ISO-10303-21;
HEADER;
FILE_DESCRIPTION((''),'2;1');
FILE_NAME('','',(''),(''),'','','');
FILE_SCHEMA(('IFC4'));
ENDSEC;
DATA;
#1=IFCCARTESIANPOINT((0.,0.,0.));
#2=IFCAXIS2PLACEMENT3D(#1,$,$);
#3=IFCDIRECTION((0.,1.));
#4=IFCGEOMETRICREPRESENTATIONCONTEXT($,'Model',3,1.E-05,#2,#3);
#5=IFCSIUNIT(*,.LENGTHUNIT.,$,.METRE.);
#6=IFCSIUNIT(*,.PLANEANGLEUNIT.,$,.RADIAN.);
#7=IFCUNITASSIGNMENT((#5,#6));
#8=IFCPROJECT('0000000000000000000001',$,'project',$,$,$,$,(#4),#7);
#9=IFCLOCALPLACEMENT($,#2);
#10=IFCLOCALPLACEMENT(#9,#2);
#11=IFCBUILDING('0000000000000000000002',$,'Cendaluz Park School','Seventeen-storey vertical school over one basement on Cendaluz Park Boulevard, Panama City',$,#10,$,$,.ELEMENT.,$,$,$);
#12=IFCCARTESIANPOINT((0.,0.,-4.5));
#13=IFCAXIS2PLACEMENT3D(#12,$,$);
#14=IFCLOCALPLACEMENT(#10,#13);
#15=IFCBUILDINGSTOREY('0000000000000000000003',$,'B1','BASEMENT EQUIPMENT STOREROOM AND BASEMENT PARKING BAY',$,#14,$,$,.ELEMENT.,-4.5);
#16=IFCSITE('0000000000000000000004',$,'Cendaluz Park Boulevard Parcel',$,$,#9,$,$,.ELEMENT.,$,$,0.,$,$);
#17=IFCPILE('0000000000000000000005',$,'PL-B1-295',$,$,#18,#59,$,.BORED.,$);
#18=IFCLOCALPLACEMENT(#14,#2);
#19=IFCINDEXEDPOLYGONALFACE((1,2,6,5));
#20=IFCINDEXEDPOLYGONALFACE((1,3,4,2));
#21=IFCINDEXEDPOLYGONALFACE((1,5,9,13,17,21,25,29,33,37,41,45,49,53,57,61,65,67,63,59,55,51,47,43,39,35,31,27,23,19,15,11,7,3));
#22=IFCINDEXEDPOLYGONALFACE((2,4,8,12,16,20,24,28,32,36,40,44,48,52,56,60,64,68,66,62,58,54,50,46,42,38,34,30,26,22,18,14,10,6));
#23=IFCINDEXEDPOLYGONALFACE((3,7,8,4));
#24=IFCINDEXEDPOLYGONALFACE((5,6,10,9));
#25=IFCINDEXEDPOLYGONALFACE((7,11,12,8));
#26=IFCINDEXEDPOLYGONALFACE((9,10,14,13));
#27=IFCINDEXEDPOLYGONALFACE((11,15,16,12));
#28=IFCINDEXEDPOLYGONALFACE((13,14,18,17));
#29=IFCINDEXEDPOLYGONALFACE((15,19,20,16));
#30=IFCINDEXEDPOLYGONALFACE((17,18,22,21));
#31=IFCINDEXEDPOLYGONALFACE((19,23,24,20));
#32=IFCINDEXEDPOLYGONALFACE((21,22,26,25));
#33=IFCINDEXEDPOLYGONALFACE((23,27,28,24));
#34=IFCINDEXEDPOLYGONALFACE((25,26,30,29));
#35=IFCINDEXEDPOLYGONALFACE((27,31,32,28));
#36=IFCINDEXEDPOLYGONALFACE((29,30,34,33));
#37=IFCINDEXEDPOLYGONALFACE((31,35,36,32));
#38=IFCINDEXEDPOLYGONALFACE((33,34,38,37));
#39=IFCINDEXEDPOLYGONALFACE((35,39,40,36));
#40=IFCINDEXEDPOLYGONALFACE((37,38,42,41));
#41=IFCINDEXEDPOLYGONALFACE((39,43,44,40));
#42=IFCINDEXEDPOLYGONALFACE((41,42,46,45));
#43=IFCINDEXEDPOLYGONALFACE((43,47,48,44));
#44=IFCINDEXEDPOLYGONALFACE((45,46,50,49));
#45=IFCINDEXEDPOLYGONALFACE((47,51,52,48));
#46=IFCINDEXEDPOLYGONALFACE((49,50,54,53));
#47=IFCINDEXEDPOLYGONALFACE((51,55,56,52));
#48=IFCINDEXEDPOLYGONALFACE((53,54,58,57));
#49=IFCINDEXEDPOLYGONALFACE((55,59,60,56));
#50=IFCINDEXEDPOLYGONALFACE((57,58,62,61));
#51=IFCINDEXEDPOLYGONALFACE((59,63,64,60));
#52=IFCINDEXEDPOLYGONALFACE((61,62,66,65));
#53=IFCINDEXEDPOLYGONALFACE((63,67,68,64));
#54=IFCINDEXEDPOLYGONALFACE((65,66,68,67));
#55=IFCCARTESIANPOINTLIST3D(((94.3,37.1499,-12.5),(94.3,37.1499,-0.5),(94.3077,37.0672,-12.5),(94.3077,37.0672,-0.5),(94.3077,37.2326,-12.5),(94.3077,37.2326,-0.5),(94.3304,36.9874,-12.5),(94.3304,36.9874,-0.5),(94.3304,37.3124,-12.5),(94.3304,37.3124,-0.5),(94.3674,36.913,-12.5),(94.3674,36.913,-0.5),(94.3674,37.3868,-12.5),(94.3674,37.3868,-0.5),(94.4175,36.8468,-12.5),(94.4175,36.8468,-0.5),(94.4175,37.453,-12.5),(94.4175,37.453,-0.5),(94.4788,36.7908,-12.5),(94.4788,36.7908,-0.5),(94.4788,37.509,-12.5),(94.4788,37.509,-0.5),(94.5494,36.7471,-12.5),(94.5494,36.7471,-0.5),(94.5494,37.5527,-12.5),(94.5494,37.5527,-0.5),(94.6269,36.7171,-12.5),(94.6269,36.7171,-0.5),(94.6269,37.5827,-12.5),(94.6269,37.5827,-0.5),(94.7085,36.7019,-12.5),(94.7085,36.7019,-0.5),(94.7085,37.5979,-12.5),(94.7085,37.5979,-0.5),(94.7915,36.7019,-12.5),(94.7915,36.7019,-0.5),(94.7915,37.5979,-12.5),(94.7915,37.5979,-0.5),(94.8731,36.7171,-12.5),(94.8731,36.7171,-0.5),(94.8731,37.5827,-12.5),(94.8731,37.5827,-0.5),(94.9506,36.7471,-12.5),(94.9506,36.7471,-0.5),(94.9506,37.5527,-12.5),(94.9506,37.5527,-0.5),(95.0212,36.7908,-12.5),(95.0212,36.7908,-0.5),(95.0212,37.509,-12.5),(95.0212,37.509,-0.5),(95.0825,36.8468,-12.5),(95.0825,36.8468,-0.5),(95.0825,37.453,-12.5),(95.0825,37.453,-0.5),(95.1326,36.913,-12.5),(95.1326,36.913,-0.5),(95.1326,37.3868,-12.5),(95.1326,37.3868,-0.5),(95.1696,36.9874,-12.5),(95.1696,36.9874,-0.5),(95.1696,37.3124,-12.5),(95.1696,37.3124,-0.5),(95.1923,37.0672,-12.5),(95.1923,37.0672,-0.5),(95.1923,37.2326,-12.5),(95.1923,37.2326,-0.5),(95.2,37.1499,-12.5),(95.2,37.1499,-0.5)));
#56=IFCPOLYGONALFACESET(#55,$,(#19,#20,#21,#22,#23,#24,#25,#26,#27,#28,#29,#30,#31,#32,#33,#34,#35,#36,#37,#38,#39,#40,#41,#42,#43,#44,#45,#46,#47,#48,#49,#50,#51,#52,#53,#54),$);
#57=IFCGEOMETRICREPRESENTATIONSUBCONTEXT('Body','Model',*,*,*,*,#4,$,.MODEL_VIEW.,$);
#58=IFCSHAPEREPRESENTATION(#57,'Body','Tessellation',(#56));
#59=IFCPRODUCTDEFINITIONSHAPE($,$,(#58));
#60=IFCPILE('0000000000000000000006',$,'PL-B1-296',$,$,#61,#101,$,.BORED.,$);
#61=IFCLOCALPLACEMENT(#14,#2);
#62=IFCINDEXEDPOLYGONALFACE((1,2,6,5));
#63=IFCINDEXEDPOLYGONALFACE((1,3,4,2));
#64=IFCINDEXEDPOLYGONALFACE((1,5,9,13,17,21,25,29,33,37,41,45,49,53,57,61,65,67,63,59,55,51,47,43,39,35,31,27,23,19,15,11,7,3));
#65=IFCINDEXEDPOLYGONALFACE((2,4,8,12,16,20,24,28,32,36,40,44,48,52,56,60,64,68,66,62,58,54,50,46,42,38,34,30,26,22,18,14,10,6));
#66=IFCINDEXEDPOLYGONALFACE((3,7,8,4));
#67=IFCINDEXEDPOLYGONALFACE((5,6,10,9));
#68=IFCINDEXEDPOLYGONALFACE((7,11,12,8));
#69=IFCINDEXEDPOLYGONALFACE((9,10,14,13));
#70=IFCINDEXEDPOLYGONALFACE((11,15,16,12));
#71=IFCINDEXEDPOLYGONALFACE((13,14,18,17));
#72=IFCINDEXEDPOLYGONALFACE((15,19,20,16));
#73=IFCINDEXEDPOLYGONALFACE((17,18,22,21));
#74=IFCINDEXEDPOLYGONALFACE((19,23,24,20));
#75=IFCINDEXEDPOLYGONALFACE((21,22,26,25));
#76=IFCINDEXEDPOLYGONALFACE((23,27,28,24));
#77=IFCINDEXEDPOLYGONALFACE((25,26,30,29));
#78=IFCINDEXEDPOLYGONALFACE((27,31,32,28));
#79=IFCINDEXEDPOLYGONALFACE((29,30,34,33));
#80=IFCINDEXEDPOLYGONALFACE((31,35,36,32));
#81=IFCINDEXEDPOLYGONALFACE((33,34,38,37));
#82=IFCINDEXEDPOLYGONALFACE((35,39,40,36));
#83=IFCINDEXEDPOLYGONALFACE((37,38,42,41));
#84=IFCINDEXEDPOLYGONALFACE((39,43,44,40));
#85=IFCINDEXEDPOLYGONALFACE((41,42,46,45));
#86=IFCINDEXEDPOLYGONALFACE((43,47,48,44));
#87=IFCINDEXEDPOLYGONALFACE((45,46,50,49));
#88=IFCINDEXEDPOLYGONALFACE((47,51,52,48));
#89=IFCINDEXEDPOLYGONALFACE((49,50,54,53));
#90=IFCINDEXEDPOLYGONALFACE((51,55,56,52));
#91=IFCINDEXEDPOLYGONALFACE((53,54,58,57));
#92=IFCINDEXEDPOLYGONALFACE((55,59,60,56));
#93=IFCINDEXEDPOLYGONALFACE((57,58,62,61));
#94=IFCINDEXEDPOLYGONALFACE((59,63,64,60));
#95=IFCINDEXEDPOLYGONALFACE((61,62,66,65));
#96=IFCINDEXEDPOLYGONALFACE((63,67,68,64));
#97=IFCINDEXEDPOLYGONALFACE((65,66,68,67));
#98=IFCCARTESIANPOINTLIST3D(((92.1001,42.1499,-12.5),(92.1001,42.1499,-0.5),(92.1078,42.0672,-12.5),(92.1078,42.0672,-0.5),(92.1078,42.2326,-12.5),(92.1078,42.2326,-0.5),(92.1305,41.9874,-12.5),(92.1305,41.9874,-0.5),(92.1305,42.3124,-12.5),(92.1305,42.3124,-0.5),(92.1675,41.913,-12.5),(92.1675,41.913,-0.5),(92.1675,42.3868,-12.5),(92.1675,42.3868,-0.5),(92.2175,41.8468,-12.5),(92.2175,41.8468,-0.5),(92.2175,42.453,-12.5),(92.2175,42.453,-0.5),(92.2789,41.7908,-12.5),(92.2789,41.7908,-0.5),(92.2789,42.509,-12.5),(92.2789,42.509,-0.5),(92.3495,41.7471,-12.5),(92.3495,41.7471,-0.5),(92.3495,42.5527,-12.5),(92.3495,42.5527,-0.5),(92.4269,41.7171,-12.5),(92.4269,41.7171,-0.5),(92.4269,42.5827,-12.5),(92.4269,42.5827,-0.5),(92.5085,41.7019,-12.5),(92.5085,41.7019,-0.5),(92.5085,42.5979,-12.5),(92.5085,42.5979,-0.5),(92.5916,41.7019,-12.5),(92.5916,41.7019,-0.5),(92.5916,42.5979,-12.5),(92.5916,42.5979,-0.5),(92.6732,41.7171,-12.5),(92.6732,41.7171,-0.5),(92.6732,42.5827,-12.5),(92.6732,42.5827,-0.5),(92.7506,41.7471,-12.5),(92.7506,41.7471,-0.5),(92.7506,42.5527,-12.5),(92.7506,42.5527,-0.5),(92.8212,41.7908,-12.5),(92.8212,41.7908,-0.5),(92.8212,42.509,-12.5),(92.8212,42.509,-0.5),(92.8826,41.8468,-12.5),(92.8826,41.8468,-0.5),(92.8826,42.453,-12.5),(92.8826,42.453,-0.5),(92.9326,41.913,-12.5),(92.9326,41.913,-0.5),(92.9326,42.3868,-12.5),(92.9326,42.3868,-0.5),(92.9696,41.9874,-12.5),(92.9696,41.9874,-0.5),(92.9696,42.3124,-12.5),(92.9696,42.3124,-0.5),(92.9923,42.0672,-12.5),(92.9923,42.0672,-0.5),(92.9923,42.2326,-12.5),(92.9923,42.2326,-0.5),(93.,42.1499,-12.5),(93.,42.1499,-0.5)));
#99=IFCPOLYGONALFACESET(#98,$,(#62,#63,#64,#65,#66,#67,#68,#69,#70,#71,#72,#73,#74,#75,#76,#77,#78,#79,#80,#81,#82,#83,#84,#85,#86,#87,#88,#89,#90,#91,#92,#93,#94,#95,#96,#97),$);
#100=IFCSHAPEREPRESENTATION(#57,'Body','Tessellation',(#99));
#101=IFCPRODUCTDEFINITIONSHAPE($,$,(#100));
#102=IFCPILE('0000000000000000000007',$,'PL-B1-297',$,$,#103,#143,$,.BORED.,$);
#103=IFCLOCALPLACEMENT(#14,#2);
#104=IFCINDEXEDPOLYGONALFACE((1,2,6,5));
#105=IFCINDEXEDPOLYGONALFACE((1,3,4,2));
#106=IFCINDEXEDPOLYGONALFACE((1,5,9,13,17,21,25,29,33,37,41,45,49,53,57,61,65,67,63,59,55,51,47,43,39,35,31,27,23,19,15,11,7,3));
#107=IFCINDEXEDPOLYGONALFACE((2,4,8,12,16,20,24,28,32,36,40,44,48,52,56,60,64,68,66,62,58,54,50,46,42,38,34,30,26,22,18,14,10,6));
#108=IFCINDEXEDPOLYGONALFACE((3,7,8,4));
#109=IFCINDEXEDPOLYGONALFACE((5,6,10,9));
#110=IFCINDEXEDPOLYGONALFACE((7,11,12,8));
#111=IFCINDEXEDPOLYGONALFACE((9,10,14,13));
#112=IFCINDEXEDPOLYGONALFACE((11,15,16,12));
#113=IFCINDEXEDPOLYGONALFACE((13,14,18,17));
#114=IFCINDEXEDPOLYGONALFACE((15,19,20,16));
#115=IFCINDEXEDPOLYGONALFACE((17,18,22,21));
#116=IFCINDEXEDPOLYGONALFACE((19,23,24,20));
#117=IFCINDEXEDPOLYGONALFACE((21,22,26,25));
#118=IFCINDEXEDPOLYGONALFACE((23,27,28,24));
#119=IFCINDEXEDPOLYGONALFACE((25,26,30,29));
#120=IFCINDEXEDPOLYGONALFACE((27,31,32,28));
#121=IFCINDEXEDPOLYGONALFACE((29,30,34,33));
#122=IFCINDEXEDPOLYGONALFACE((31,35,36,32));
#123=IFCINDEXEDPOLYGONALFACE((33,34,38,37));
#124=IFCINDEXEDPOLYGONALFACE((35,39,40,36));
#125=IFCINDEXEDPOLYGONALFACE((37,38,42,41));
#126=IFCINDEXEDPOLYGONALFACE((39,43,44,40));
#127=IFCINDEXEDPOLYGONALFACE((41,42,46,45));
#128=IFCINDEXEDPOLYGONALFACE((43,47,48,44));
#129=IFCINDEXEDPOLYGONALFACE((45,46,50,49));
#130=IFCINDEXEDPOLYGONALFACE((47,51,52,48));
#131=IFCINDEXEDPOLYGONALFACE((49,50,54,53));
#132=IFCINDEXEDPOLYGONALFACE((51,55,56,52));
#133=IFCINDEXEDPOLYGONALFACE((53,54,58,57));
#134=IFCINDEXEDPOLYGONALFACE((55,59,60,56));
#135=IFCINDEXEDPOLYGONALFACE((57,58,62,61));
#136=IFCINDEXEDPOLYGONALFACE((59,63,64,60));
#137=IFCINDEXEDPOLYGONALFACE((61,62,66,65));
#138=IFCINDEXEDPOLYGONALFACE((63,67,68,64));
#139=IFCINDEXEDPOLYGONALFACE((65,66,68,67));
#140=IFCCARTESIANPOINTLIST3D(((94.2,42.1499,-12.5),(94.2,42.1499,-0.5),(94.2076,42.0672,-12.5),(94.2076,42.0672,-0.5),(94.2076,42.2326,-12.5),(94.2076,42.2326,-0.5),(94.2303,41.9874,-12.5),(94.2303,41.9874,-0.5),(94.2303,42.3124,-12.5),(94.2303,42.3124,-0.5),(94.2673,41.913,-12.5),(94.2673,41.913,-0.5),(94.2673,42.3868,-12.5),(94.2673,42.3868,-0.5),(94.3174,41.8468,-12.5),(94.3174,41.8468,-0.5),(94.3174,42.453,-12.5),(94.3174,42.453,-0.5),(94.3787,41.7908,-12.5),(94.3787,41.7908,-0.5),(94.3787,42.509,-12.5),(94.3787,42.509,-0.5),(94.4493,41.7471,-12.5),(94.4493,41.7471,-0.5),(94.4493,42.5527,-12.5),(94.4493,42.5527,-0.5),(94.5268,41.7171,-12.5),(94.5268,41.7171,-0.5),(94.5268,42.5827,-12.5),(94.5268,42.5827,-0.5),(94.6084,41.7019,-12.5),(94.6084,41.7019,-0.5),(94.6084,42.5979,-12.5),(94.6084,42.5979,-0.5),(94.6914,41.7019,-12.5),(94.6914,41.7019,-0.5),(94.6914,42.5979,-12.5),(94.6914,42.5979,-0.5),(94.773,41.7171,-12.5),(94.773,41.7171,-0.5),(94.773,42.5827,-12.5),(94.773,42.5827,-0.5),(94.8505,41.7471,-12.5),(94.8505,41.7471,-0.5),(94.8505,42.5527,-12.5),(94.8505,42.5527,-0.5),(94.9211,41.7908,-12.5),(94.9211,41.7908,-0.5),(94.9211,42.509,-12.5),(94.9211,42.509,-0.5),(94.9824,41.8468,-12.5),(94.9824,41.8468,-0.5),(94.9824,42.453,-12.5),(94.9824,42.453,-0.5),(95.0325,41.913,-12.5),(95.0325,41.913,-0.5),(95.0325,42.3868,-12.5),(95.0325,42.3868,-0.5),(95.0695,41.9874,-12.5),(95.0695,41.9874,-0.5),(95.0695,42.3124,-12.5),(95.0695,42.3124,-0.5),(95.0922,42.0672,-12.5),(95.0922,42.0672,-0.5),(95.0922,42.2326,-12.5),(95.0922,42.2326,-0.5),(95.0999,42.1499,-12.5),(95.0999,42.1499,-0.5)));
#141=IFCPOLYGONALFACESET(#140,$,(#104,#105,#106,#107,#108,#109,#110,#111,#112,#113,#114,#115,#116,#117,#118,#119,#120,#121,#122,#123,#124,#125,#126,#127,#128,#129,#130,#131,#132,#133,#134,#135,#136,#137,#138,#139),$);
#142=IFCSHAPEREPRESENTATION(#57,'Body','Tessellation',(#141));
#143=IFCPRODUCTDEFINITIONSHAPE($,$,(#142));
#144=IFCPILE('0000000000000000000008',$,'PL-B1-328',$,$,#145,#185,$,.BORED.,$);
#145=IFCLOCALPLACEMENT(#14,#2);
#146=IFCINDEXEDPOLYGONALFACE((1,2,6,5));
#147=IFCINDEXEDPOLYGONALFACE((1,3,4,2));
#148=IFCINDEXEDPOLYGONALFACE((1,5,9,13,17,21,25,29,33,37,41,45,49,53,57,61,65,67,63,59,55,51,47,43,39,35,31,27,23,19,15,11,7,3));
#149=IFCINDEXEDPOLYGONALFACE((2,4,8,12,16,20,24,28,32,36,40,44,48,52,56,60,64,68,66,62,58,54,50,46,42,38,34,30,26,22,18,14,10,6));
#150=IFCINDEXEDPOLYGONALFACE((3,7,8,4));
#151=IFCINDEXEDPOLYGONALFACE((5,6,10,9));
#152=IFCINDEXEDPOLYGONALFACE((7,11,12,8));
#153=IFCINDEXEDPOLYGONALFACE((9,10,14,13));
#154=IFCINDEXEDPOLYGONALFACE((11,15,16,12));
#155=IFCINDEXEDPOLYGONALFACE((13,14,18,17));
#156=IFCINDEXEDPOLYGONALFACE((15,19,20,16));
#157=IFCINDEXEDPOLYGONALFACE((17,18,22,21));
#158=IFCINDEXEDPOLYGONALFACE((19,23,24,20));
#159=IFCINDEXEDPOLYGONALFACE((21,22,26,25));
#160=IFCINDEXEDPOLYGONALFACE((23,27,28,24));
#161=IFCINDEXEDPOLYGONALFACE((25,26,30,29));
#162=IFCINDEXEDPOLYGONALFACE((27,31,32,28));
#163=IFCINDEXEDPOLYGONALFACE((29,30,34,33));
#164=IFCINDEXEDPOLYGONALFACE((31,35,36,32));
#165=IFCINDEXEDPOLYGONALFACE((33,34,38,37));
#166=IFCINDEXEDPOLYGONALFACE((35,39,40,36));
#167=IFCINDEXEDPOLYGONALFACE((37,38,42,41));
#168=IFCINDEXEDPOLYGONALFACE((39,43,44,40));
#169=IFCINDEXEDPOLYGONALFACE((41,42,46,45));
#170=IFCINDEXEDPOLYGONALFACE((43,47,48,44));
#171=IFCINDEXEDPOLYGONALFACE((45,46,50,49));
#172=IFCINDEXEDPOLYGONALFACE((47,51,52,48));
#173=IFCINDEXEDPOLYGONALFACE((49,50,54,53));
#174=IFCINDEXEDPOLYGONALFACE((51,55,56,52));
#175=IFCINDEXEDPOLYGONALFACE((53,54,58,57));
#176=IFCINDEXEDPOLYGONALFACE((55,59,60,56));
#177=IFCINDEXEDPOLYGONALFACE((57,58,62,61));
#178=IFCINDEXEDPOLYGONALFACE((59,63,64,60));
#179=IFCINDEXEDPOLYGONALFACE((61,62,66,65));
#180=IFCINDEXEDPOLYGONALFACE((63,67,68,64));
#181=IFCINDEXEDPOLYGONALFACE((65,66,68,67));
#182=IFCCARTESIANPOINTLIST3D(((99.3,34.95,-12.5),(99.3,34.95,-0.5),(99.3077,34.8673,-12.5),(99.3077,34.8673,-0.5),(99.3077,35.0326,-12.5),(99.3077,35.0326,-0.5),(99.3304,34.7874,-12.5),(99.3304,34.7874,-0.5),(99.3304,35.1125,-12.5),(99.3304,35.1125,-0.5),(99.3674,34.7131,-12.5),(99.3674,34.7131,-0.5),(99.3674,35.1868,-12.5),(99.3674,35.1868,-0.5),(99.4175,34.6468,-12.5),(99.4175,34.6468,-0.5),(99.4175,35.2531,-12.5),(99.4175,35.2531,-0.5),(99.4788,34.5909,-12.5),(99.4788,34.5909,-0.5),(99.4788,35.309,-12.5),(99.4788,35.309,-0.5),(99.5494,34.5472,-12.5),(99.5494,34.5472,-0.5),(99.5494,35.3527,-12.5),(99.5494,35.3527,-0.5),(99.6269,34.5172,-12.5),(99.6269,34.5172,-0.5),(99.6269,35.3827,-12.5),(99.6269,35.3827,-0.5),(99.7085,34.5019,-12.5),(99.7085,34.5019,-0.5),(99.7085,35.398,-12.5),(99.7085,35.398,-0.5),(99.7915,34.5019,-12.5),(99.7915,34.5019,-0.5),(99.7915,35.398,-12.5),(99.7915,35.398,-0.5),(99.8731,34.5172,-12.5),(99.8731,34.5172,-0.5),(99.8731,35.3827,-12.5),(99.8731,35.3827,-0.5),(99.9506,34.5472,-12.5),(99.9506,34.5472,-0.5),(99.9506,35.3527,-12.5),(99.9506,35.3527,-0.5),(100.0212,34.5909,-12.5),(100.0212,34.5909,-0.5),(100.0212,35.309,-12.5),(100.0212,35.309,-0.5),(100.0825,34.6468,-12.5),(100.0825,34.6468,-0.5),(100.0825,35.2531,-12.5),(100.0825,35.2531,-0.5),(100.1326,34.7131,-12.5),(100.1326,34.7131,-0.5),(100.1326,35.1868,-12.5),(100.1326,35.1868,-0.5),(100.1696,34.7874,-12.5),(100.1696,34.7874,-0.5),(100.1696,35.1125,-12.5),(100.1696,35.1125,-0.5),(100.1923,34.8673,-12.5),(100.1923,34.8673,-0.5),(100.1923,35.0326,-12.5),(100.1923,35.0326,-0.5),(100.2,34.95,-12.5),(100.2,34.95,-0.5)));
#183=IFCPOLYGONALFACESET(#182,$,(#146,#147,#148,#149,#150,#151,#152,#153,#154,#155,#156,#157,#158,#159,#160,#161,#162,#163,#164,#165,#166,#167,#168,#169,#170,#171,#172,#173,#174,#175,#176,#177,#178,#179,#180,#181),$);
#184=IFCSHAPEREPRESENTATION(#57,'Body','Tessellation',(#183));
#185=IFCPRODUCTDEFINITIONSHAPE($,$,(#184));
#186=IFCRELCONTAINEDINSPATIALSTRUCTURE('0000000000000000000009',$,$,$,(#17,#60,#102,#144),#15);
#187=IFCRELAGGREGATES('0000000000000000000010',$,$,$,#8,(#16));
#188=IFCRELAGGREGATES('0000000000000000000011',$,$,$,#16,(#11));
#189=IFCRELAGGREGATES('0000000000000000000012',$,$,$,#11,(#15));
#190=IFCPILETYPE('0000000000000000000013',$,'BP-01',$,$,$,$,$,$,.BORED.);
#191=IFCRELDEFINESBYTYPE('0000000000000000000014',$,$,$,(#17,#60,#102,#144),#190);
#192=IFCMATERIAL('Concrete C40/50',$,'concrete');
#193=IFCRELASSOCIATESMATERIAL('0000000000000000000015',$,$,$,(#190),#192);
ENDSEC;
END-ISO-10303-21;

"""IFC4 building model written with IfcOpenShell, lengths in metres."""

from ifc_helpers import new_model, si_unit, direction, frame, origin, origin_2d, place, context, subcontext, project, spatial, circle, extrude, material, material_profile, profile_set, type_object, element, save


model = new_model("IFC4")

# Units and contexts
model_context = context("Model", 3, precision=1e-05, world=origin(), true_north=direction((0.0, 1.0)))
body_context = subcontext(model_context, "Body", "Model", "MODEL_VIEW")
ifc_project = project(units=[si_unit("LENGTHUNIT", "METRE"), si_unit("PLANEANGLEUNIT", "RADIAN")], contexts=[model_context])

# Site, building, storey
site_placement = place(None, origin())
site = spatial("IfcSite", under=ifc_project, at=site_placement, Name="Cendaluz Park Boulevard Parcel", CompositionType="ELEMENT", RefElevation=0.0)
building_placement = place(site_placement, origin())
building = spatial("IfcBuilding", under=site, at=building_placement, Name="Cendaluz Park School", Description="Seventeen-storey vertical school over one basement on Cendaluz Park Boulevard, Panama City", CompositionType="ELEMENT")
storey_placement = place(building_placement, frame((0.0, 0.0, -4.5)))
storey = spatial("IfcBuildingStorey", under=building, at=storey_placement, Name="B1", Description="BASEMENT EQUIPMENT STOREROOM AND BASEMENT PARKING BAY", CompositionType="ELEMENT", Elevation=-4.5)

# Piles
ifc_material_1 = material(Name="Concrete C40/50", Category="concrete")
ifc_material_profile_1 = material_profile(ifc_material_1, circle(Radius=0.45, at=origin_2d()), Name="BP D900", Category="concrete")
ifc_profile_set_1 = profile_set([ifc_material_profile_1], Name="Concrete C40/50")
pile_type = type_object("IfcPileType", Name="BP-01", PredefinedType="BORED", material=ifc_profile_set_1)
for number, where, z_axis, x_axis, name in (
    (1, (94.75, 37.1499, -0.5), (0.0, 0.0, -1.0), (1.0, 0.0, 0.0), "PL-B1-295"),
    (2, (92.55, 42.1499, -0.5), (0.0, 0.0, -1.0), (1.0, 0.0, 0.0), "PL-B1-296"),
    (3, (94.6499, 42.1499, -0.5), (0.0, 0.0, -1.0), (1.0, 0.0, 0.0), "PL-B1-297"),
    (4, (99.75, 34.95, -0.5), (0.0, 0.0, -1.0), (1.0, 0.0, 0.0), "PL-B1-328"),
):
    element("IfcPile", number, at=place(storey_placement, frame(where, z_axis=z_axis, x_axis=x_axis)), inside=storey, type_object=pile_type, Name=name, PredefinedType="BORED", context=body_context, shape_type="SweptSolid", body=[
        extrude(circle(Radius=0.45, at=origin_2d()), origin(), (0.0, 0.0, 1.0), 12.0),
    ])

save(model, "model.ifc")
